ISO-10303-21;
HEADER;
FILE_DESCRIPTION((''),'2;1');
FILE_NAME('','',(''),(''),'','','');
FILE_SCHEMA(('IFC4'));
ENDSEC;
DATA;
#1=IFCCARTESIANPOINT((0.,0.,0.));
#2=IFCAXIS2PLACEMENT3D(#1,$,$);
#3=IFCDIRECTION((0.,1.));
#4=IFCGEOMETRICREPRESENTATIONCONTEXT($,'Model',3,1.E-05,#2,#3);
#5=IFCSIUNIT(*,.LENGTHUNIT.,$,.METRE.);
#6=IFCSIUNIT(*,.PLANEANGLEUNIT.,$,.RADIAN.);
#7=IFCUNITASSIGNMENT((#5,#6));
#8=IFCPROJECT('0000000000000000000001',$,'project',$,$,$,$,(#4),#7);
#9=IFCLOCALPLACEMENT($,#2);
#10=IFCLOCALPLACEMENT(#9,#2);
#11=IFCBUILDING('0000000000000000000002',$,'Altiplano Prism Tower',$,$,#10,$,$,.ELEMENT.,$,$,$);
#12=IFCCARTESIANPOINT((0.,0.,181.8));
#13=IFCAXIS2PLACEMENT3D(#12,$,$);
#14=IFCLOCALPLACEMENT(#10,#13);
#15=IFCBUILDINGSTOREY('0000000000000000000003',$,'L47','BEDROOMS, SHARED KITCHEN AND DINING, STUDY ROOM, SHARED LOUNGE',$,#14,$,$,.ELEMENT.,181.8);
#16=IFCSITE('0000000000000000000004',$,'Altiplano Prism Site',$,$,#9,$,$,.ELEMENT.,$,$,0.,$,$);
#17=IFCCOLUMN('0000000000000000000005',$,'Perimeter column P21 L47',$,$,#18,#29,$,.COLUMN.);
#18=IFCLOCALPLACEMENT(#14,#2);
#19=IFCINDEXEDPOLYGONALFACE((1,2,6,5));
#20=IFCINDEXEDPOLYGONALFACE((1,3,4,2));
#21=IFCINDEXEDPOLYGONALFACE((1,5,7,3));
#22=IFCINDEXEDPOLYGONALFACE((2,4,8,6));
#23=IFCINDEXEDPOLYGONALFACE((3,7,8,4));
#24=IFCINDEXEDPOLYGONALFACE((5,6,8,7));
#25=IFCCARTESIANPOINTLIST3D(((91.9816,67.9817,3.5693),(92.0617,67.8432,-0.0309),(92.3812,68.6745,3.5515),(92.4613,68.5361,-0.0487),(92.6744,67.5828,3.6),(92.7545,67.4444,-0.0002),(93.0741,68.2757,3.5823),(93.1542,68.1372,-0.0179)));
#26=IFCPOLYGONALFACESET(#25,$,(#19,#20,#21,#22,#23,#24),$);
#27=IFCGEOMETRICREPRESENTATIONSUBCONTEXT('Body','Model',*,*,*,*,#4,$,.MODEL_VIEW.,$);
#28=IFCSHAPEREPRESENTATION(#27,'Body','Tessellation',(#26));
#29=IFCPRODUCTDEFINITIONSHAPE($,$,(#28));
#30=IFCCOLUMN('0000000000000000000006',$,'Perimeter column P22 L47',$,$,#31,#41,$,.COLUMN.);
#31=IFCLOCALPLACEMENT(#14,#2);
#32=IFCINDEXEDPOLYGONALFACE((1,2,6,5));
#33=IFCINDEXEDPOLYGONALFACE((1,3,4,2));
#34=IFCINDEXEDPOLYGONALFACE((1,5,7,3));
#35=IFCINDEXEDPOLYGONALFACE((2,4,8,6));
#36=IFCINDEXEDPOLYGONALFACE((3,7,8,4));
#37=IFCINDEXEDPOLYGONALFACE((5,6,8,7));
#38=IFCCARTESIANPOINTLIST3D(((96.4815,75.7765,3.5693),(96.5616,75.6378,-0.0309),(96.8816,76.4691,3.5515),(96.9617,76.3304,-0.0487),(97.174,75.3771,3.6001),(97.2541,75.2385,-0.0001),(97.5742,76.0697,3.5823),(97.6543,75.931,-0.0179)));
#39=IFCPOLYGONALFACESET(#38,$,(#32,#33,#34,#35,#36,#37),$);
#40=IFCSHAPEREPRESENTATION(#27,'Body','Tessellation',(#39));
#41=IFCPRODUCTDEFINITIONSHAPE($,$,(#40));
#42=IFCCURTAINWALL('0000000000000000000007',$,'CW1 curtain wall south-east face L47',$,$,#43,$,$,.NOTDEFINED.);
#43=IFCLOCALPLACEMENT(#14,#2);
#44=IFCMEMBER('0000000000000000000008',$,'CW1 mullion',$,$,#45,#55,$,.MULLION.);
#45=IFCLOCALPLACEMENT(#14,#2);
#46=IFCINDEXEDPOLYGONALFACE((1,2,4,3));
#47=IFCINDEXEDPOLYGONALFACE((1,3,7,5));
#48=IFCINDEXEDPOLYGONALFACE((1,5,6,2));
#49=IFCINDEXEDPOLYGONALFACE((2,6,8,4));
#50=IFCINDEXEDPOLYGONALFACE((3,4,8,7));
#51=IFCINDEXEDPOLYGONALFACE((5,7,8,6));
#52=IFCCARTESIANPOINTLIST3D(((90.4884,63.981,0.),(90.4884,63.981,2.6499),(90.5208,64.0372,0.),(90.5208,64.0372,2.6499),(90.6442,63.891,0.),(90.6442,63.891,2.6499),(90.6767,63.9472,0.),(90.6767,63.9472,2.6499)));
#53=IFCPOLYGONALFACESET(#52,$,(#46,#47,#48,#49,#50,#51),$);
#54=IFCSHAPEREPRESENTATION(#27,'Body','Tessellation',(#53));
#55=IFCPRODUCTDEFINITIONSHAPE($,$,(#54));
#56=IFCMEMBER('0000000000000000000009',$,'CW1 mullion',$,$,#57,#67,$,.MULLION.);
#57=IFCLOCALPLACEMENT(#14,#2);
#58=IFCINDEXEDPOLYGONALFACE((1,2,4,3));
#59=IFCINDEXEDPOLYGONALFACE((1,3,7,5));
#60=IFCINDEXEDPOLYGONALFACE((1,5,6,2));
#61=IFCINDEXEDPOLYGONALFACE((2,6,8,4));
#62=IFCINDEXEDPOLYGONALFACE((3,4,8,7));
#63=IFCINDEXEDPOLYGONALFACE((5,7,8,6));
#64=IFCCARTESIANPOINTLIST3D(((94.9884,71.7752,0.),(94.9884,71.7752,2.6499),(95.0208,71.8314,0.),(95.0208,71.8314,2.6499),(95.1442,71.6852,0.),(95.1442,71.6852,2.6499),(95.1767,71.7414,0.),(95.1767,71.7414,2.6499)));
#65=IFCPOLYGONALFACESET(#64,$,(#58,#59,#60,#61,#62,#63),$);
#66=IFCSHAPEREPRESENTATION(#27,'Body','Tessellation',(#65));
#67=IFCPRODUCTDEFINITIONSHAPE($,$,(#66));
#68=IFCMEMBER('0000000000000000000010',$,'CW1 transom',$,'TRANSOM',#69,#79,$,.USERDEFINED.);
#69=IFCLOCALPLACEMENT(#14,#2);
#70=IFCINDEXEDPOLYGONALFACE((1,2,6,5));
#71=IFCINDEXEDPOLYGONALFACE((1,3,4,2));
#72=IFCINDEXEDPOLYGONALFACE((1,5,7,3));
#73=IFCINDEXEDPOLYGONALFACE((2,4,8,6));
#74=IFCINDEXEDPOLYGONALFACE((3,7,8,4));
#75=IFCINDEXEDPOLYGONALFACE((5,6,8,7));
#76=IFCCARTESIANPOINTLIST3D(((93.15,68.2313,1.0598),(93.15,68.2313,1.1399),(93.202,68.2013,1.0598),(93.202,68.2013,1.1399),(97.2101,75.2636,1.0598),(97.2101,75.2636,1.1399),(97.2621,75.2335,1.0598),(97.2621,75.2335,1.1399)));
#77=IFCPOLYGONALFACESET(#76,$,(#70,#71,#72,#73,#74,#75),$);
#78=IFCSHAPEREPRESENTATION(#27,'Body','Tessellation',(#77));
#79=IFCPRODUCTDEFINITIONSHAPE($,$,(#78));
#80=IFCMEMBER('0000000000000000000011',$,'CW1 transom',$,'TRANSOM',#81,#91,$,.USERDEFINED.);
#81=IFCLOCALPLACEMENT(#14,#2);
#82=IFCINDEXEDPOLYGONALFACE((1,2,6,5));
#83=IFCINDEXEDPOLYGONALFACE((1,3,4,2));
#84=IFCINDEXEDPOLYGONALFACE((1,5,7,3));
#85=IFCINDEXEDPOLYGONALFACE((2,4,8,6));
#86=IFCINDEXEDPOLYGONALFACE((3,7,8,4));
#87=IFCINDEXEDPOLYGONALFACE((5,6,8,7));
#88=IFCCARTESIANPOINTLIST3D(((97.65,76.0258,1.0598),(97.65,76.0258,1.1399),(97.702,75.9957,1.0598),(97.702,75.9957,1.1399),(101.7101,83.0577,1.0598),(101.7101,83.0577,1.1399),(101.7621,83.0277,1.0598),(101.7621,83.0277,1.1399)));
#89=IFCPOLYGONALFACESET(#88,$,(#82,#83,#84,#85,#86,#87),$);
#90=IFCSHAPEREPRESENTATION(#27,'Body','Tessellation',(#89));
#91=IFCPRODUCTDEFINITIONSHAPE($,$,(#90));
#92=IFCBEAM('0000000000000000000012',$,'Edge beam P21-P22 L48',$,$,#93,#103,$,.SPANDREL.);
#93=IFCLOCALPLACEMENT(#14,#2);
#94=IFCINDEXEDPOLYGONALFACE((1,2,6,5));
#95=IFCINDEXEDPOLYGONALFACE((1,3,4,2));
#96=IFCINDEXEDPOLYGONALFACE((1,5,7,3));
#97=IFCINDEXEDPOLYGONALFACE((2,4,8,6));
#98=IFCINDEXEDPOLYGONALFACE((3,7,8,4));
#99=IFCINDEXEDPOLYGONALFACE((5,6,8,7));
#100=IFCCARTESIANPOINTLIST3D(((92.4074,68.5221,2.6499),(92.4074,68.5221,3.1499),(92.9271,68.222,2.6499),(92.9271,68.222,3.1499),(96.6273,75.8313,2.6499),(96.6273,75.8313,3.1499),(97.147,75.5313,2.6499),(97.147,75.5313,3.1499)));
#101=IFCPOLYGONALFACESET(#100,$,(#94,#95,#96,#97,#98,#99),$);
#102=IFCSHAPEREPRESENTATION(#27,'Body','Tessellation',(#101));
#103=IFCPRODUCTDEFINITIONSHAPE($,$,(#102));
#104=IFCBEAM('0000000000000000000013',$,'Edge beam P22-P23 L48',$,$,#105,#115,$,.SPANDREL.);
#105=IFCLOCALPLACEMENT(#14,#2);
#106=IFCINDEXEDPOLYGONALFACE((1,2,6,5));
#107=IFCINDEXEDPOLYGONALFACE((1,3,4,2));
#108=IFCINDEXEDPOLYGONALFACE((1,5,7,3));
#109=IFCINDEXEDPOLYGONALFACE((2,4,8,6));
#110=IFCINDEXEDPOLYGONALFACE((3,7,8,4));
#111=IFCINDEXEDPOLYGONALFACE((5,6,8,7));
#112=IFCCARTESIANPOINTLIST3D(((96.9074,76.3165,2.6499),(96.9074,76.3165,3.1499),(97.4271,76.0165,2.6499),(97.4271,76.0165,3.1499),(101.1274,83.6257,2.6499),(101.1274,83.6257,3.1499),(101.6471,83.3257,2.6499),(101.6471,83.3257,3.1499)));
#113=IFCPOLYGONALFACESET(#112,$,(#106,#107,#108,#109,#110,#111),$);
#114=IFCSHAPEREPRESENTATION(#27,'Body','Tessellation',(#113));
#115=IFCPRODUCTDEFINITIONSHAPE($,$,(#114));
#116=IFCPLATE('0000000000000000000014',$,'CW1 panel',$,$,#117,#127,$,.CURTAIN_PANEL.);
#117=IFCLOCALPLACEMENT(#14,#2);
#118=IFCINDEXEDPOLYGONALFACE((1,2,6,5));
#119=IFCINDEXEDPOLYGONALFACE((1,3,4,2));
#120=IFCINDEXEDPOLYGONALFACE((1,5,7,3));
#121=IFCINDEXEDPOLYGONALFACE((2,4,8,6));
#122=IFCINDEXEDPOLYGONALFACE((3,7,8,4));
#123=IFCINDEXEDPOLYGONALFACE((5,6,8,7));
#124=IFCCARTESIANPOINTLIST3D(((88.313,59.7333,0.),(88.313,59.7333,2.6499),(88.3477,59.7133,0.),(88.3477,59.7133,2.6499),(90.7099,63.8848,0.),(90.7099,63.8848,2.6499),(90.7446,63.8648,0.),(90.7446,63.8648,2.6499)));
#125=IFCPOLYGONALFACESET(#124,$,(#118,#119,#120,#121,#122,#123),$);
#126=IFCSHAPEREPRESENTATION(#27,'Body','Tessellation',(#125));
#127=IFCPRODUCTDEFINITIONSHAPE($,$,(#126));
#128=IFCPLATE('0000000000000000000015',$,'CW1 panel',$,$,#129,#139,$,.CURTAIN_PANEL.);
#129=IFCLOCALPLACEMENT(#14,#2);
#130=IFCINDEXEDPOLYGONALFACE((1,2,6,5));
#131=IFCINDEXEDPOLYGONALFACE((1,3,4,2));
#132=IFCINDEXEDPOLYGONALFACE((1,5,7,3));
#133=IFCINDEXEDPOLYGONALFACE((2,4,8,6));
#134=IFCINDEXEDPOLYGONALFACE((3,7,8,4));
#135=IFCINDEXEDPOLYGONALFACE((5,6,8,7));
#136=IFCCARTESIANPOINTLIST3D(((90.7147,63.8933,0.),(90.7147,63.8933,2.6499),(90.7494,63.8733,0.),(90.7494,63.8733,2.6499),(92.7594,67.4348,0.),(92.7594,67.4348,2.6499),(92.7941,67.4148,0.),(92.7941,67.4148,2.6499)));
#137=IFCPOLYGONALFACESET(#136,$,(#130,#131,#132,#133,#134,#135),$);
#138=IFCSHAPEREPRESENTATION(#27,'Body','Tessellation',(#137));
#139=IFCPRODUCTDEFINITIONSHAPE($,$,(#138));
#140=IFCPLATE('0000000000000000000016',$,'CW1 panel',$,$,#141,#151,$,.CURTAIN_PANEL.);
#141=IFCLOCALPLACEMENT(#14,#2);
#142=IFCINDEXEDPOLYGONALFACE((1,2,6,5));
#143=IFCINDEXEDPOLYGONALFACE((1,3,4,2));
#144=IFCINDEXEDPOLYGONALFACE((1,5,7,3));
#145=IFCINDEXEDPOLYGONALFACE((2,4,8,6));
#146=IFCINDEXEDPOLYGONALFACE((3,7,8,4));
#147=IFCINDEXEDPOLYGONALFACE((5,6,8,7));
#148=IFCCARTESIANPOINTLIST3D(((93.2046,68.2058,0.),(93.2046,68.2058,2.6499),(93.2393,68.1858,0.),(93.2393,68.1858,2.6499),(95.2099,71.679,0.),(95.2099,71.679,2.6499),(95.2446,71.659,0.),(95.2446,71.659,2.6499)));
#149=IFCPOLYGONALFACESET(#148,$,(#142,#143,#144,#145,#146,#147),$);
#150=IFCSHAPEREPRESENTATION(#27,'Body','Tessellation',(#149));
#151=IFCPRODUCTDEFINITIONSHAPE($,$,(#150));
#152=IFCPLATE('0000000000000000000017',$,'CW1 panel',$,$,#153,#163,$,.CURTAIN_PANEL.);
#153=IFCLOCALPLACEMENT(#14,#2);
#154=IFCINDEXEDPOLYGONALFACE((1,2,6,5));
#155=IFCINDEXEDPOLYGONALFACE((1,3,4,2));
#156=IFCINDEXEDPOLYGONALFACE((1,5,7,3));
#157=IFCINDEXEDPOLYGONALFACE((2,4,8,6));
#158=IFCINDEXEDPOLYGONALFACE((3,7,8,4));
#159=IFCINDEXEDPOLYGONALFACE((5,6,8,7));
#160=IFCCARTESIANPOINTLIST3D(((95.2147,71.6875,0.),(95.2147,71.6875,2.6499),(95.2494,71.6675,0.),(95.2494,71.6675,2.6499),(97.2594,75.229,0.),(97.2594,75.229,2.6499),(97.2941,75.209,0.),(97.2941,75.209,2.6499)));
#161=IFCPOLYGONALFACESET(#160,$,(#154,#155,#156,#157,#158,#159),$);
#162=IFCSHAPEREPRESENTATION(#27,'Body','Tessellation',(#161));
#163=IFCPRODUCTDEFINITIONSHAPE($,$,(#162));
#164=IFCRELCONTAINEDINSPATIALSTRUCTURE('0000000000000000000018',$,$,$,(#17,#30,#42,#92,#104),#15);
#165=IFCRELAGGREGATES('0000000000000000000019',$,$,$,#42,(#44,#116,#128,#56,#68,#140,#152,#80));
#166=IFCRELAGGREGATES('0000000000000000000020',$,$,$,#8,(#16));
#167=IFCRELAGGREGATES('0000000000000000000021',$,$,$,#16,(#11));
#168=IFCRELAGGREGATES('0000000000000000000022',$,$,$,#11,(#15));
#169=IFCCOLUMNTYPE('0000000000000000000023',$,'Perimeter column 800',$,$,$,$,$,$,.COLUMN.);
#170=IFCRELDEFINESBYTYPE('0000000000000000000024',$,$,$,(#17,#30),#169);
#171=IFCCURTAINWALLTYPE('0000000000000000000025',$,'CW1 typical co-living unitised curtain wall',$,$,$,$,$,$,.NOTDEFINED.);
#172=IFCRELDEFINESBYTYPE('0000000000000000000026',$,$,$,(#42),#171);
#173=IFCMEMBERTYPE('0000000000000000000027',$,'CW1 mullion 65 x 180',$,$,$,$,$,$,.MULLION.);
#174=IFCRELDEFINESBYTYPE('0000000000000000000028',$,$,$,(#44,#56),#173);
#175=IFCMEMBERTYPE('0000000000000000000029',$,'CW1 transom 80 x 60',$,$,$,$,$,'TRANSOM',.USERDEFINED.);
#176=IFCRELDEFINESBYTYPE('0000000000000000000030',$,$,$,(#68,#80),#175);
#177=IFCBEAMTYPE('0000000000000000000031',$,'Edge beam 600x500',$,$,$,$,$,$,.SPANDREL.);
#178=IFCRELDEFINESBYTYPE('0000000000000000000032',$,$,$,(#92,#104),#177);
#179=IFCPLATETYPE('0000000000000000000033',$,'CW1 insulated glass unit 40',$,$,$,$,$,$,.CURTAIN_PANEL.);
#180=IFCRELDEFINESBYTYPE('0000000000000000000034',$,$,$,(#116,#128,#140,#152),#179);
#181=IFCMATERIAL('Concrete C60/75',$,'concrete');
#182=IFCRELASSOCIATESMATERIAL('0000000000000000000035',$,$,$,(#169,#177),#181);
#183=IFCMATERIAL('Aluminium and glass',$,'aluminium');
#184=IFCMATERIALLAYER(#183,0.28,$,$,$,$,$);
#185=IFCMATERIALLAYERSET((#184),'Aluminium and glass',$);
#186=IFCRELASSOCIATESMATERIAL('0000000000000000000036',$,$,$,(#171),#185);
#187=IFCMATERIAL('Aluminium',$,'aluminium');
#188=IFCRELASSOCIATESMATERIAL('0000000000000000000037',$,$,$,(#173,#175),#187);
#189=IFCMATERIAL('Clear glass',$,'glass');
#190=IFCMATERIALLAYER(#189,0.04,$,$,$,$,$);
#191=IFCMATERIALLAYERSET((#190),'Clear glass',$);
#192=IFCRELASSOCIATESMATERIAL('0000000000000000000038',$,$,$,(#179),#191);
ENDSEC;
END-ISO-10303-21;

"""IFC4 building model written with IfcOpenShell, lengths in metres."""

from ifc_helpers import new_model, si_unit, direction, frame, origin, origin_2d, place, context, subcontext, project, spatial, rectangle, extrude, material, layer, layer_set, material_profile, profile_set, type_object, element, aggregate, save


model = new_model("IFC4")

# Units and contexts
model_context = context("Model", 3, precision=1e-05, world=origin(), true_north=direction((0.0, 1.0)))
body_context = subcontext(model_context, "Body", "Model", "MODEL_VIEW")
ifc_project = project(units=[si_unit("LENGTHUNIT", "METRE"), si_unit("PLANEANGLEUNIT", "RADIAN")], contexts=[model_context])

# Site, building, storey
site_placement = place(None, origin())
site = spatial("IfcSite", under=ifc_project, at=site_placement, Name="Altiplano Prism Site", CompositionType="ELEMENT", RefElevation=0.0)
building_placement = place(site_placement, origin())
building = spatial("IfcBuilding", under=site, at=building_placement, Name="Altiplano Prism Tower", CompositionType="ELEMENT")
storey_placement = place(building_placement, frame((0.0, 0.0, 181.8)))
storey = spatial("IfcBuildingStorey", under=building, at=storey_placement, Name="L47", Description="BEDROOMS, SHARED KITCHEN AND DINING, STUDY ROOM, SHARED LOUNGE", CompositionType="ELEMENT", Elevation=181.8)

# Columns
ifc_material_1 = material(Name="Concrete C60/75", Category="concrete")
ifc_material_profile_1 = material_profile(ifc_material_1, rectangle(XDim=0.8, YDim=0.8, at=origin_2d()), Name="Perimeter column 800")
ifc_profile_set_1 = profile_set([ifc_material_profile_1], Name="Concrete C60/75")
column_type = type_object("IfcColumnType", Name="Perimeter column 800", PredefinedType="COLUMN", material=ifc_profile_set_1)
for number, where, z_axis, x_axis, name in (
    (1, (92.6079, 67.9902, -0.0244), (-0.022221, 0.038413, 0.999015), (-0.499506, -0.866026, 0.022189), "Perimeter column P21 L47"),
    (2, (97.1079, 75.7844, -0.0244), (-0.022221, 0.038481, 0.999012), (-0.500167, -0.865644, 0.022218), "Perimeter column P22 L47"),
):
    element("IfcColumn", number, at=place(storey_placement, frame(where, z_axis=z_axis, x_axis=x_axis)), inside=storey, type_object=column_type, Name=name, PredefinedType="COLUMN", context=body_context, shape_type="SweptSolid", body=[
        extrude(rectangle(XDim=0.8, YDim=0.8, at=origin_2d()), origin(), (0.0, 0.0, 1.0), 3.6038),
    ])

# Curtain wall, members
ifc_material_2 = material(Name="Aluminium and glass", Category="aluminium")
ifc_layer_1 = layer(ifc_material_2, 0.28)
ifc_layer_set_1 = layer_set([ifc_layer_1], Name="Aluminium and glass")
curtain_wall_type = type_object("IfcCurtainWallType", Name="CW1 typical co-living unitised curtain wall", PredefinedType="NOTDEFINED", material=ifc_layer_set_1)
curtain_wall_placement = place(storey_placement, origin())
curtain_wall = element("IfcCurtainWall", 3, at=curtain_wall_placement, inside=storey, type_object=curtain_wall_type, Name="CW1 curtain wall south-east face L47", PredefinedType="NOTDEFINED")
ifc_material_3 = material(Name="Aluminium", Category="aluminium")
ifc_material_profile_2 = material_profile(ifc_material_3, rectangle(XDim=0.1799, YDim=0.0649, at=origin_2d()), Name="CW1 mullion 65 x 180")
ifc_profile_set_2 = profile_set([ifc_material_profile_2], Name="Aluminium")
member_type_1 = type_object("IfcMemberType", Name="CW1 mullion 65 x 180", PredefinedType="MULLION", material=ifc_profile_set_2)
member_1_placement = place(storey_placement, frame((90.5825, 63.9641, 0.0), z_axis=(0.0, 0.0, 1.0), x_axis=(-0.866025, 0.5, 0.0)))
member_1 = element("IfcMember", 4, at=member_1_placement, type_object=member_type_1, Name="CW1 mullion", PredefinedType="MULLION", context=body_context, shape_type="SweptSolid", body=[
    extrude(rectangle(XDim=0.1799, YDim=0.0649, at=origin_2d()), origin(), (0.0, 0.0, 1.0), 2.6499),
])
member_2_placement = place(storey_placement, frame((95.0825, 71.7583, 0.0), z_axis=(0.0, 0.0, 1.0), x_axis=(-0.866025, 0.5, 0.0)))
member_2 = element("IfcMember", 5, at=member_2_placement, type_object=member_type_1, Name="CW1 mullion", PredefinedType="MULLION", context=body_context, shape_type="SweptSolid", body=[
    extrude(rectangle(XDim=0.1799, YDim=0.0649, at=origin_2d()), origin(), (0.0, 0.0, 1.0), 2.6499),
])
ifc_material_profile_3 = material_profile(ifc_material_3, rectangle(XDim=0.0601, YDim=0.0801, at=origin_2d()), Name="CW1 transom 80 x 60")
ifc_profile_set_3 = profile_set([ifc_material_profile_3], Name="Aluminium")
member_type_2 = type_object("IfcMemberType", Name="CW1 transom 80 x 60", ElementType="TRANSOM", PredefinedType="USERDEFINED", material=ifc_profile_set_3)
member_3_placement = place(storey_placement, frame((93.176, 68.2163, 1.0999), z_axis=(0.5, 0.866025, 0.0), x_axis=(-0.866025, 0.5, 0.0)))
member_3 = element("IfcMember", 6, at=member_3_placement, type_object=member_type_2, Name="CW1 transom", ObjectType="TRANSOM", PredefinedType="USERDEFINED", context=body_context, shape_type="SweptSolid", body=[
    extrude(rectangle(XDim=0.0601, YDim=0.0801, at=origin_2d()), origin(), (0.0, 0.0, 1.0), 8.1201),
])
member_4_placement = place(storey_placement, frame((97.676, 76.0107, 1.0999), z_axis=(0.500013, 0.866018, 0.0), x_axis=(-0.866018, 0.500013, 0.0)))
member_4 = element("IfcMember", 7, at=member_4_placement, type_object=member_type_2, Name="CW1 transom", ObjectType="TRANSOM", PredefinedType="USERDEFINED", context=body_context, shape_type="SweptSolid", body=[
    extrude(rectangle(XDim=0.0601, YDim=0.0801, at=origin_2d()), origin(), (0.0, 0.0, 1.0), 8.1199),
])

# Beams
ifc_material_profile_4 = material_profile(ifc_material_1, rectangle(XDim=0.6001, YDim=0.5, at=origin_2d()), Name="Edge beam 600x500")
ifc_profile_set_4 = profile_set([ifc_material_profile_4], Name="Concrete C60/75")
beam_type = type_object("IfcBeamType", Name="Edge beam 600x500", PredefinedType="SPANDREL", material=ifc_profile_set_4)
for number, where, z_axis, x_axis, name in (
    (8, (92.6672, 68.3721, 2.8999), (0.499994, 0.866029, 0.0), (-0.866029, 0.499994, 0.0), "Edge beam P21-P22 L48"),
    (9, (97.1672, 76.1665, 2.8999), (0.500006, 0.866022, 0.0), (-0.866022, 0.500006, 0.0), "Edge beam P22-P23 L48"),
):
    element("IfcBeam", number, at=place(storey_placement, frame(where, z_axis=z_axis, x_axis=x_axis)), inside=storey, type_object=beam_type, Name=name, PredefinedType="SPANDREL", context=body_context, shape_type="SweptSolid", body=[
        extrude(rectangle(XDim=0.6001, YDim=0.5, at=origin_2d()), origin(), (0.0, 0.0, 1.0), 8.4399),
    ])

# Plates
ifc_material_4 = material(Name="Clear glass", Category="glass")
ifc_layer_2 = layer(ifc_material_4, 0.04)
ifc_layer_set_2 = layer_set([ifc_layer_2], Name="Clear glass")
plate_type = type_object("IfcPlateType", Name="CW1 insulated glass unit 40", PredefinedType="CURTAIN_PANEL", material=ifc_layer_set_2)
plate_1_placement = place(storey_placement, frame((89.5288, 61.7991, 0.0), z_axis=(0.0, 0.0, 1.0), x_axis=(0.5, 0.866025, 0.0)))
plate_1 = element("IfcPlate", 10, at=plate_1_placement, type_object=plate_type, Name="CW1 panel", PredefinedType="CURTAIN_PANEL", context=body_context, shape_type="SweptSolid", body=[
    extrude(rectangle(XDim=4.7937, YDim=0.04, at=origin_2d()), origin(), (0.0, 0.0, 1.0), 2.6499),
])
plate_2_placement = place(storey_placement, frame((91.7544, 65.6541, 0.0), z_axis=(0.0, 0.0, 1.0), x_axis=(0.5, 0.866025, 0.0)))
plate_2 = element("IfcPlate", 11, at=plate_2_placement, type_object=plate_type, Name="CW1 panel", PredefinedType="CURTAIN_PANEL", context=body_context, shape_type="SweptSolid", body=[
    extrude(rectangle(XDim=4.0894, YDim=0.04, at=origin_2d()), origin(), (0.0, 0.0, 1.0), 2.6499),
])
plate_3_placement = place(storey_placement, frame((94.2246, 69.9324, 0.0), z_axis=(0.0, 0.0, 1.0), x_axis=(0.5, 0.866025, 0.0)))
plate_3 = element("IfcPlate", 12, at=plate_3_placement, type_object=plate_type, Name="CW1 panel", PredefinedType="CURTAIN_PANEL", context=body_context, shape_type="SweptSolid", body=[
    extrude(rectangle(XDim=4.0105, YDim=0.04, at=origin_2d()), origin(), (0.0, 0.0, 1.0), 2.6499),
])
plate_4_placement = place(storey_placement, frame((96.2544, 73.4482, 0.0), z_axis=(0.0, 0.0, 1.0), x_axis=(0.5, 0.866025, 0.0)))
plate_4 = element("IfcPlate", 13, at=plate_4_placement, type_object=plate_type, Name="CW1 panel", PredefinedType="CURTAIN_PANEL", context=body_context, shape_type="SweptSolid", body=[
    extrude(rectangle(XDim=4.0894, YDim=0.04, at=origin_2d()), origin(), (0.0, 0.0, 1.0), 2.6499),
])
aggregate(curtain_wall, [member_1, plate_1, plate_2, member_2, member_3, plate_3, plate_4, member_4])

save(model, "model.ifc")
